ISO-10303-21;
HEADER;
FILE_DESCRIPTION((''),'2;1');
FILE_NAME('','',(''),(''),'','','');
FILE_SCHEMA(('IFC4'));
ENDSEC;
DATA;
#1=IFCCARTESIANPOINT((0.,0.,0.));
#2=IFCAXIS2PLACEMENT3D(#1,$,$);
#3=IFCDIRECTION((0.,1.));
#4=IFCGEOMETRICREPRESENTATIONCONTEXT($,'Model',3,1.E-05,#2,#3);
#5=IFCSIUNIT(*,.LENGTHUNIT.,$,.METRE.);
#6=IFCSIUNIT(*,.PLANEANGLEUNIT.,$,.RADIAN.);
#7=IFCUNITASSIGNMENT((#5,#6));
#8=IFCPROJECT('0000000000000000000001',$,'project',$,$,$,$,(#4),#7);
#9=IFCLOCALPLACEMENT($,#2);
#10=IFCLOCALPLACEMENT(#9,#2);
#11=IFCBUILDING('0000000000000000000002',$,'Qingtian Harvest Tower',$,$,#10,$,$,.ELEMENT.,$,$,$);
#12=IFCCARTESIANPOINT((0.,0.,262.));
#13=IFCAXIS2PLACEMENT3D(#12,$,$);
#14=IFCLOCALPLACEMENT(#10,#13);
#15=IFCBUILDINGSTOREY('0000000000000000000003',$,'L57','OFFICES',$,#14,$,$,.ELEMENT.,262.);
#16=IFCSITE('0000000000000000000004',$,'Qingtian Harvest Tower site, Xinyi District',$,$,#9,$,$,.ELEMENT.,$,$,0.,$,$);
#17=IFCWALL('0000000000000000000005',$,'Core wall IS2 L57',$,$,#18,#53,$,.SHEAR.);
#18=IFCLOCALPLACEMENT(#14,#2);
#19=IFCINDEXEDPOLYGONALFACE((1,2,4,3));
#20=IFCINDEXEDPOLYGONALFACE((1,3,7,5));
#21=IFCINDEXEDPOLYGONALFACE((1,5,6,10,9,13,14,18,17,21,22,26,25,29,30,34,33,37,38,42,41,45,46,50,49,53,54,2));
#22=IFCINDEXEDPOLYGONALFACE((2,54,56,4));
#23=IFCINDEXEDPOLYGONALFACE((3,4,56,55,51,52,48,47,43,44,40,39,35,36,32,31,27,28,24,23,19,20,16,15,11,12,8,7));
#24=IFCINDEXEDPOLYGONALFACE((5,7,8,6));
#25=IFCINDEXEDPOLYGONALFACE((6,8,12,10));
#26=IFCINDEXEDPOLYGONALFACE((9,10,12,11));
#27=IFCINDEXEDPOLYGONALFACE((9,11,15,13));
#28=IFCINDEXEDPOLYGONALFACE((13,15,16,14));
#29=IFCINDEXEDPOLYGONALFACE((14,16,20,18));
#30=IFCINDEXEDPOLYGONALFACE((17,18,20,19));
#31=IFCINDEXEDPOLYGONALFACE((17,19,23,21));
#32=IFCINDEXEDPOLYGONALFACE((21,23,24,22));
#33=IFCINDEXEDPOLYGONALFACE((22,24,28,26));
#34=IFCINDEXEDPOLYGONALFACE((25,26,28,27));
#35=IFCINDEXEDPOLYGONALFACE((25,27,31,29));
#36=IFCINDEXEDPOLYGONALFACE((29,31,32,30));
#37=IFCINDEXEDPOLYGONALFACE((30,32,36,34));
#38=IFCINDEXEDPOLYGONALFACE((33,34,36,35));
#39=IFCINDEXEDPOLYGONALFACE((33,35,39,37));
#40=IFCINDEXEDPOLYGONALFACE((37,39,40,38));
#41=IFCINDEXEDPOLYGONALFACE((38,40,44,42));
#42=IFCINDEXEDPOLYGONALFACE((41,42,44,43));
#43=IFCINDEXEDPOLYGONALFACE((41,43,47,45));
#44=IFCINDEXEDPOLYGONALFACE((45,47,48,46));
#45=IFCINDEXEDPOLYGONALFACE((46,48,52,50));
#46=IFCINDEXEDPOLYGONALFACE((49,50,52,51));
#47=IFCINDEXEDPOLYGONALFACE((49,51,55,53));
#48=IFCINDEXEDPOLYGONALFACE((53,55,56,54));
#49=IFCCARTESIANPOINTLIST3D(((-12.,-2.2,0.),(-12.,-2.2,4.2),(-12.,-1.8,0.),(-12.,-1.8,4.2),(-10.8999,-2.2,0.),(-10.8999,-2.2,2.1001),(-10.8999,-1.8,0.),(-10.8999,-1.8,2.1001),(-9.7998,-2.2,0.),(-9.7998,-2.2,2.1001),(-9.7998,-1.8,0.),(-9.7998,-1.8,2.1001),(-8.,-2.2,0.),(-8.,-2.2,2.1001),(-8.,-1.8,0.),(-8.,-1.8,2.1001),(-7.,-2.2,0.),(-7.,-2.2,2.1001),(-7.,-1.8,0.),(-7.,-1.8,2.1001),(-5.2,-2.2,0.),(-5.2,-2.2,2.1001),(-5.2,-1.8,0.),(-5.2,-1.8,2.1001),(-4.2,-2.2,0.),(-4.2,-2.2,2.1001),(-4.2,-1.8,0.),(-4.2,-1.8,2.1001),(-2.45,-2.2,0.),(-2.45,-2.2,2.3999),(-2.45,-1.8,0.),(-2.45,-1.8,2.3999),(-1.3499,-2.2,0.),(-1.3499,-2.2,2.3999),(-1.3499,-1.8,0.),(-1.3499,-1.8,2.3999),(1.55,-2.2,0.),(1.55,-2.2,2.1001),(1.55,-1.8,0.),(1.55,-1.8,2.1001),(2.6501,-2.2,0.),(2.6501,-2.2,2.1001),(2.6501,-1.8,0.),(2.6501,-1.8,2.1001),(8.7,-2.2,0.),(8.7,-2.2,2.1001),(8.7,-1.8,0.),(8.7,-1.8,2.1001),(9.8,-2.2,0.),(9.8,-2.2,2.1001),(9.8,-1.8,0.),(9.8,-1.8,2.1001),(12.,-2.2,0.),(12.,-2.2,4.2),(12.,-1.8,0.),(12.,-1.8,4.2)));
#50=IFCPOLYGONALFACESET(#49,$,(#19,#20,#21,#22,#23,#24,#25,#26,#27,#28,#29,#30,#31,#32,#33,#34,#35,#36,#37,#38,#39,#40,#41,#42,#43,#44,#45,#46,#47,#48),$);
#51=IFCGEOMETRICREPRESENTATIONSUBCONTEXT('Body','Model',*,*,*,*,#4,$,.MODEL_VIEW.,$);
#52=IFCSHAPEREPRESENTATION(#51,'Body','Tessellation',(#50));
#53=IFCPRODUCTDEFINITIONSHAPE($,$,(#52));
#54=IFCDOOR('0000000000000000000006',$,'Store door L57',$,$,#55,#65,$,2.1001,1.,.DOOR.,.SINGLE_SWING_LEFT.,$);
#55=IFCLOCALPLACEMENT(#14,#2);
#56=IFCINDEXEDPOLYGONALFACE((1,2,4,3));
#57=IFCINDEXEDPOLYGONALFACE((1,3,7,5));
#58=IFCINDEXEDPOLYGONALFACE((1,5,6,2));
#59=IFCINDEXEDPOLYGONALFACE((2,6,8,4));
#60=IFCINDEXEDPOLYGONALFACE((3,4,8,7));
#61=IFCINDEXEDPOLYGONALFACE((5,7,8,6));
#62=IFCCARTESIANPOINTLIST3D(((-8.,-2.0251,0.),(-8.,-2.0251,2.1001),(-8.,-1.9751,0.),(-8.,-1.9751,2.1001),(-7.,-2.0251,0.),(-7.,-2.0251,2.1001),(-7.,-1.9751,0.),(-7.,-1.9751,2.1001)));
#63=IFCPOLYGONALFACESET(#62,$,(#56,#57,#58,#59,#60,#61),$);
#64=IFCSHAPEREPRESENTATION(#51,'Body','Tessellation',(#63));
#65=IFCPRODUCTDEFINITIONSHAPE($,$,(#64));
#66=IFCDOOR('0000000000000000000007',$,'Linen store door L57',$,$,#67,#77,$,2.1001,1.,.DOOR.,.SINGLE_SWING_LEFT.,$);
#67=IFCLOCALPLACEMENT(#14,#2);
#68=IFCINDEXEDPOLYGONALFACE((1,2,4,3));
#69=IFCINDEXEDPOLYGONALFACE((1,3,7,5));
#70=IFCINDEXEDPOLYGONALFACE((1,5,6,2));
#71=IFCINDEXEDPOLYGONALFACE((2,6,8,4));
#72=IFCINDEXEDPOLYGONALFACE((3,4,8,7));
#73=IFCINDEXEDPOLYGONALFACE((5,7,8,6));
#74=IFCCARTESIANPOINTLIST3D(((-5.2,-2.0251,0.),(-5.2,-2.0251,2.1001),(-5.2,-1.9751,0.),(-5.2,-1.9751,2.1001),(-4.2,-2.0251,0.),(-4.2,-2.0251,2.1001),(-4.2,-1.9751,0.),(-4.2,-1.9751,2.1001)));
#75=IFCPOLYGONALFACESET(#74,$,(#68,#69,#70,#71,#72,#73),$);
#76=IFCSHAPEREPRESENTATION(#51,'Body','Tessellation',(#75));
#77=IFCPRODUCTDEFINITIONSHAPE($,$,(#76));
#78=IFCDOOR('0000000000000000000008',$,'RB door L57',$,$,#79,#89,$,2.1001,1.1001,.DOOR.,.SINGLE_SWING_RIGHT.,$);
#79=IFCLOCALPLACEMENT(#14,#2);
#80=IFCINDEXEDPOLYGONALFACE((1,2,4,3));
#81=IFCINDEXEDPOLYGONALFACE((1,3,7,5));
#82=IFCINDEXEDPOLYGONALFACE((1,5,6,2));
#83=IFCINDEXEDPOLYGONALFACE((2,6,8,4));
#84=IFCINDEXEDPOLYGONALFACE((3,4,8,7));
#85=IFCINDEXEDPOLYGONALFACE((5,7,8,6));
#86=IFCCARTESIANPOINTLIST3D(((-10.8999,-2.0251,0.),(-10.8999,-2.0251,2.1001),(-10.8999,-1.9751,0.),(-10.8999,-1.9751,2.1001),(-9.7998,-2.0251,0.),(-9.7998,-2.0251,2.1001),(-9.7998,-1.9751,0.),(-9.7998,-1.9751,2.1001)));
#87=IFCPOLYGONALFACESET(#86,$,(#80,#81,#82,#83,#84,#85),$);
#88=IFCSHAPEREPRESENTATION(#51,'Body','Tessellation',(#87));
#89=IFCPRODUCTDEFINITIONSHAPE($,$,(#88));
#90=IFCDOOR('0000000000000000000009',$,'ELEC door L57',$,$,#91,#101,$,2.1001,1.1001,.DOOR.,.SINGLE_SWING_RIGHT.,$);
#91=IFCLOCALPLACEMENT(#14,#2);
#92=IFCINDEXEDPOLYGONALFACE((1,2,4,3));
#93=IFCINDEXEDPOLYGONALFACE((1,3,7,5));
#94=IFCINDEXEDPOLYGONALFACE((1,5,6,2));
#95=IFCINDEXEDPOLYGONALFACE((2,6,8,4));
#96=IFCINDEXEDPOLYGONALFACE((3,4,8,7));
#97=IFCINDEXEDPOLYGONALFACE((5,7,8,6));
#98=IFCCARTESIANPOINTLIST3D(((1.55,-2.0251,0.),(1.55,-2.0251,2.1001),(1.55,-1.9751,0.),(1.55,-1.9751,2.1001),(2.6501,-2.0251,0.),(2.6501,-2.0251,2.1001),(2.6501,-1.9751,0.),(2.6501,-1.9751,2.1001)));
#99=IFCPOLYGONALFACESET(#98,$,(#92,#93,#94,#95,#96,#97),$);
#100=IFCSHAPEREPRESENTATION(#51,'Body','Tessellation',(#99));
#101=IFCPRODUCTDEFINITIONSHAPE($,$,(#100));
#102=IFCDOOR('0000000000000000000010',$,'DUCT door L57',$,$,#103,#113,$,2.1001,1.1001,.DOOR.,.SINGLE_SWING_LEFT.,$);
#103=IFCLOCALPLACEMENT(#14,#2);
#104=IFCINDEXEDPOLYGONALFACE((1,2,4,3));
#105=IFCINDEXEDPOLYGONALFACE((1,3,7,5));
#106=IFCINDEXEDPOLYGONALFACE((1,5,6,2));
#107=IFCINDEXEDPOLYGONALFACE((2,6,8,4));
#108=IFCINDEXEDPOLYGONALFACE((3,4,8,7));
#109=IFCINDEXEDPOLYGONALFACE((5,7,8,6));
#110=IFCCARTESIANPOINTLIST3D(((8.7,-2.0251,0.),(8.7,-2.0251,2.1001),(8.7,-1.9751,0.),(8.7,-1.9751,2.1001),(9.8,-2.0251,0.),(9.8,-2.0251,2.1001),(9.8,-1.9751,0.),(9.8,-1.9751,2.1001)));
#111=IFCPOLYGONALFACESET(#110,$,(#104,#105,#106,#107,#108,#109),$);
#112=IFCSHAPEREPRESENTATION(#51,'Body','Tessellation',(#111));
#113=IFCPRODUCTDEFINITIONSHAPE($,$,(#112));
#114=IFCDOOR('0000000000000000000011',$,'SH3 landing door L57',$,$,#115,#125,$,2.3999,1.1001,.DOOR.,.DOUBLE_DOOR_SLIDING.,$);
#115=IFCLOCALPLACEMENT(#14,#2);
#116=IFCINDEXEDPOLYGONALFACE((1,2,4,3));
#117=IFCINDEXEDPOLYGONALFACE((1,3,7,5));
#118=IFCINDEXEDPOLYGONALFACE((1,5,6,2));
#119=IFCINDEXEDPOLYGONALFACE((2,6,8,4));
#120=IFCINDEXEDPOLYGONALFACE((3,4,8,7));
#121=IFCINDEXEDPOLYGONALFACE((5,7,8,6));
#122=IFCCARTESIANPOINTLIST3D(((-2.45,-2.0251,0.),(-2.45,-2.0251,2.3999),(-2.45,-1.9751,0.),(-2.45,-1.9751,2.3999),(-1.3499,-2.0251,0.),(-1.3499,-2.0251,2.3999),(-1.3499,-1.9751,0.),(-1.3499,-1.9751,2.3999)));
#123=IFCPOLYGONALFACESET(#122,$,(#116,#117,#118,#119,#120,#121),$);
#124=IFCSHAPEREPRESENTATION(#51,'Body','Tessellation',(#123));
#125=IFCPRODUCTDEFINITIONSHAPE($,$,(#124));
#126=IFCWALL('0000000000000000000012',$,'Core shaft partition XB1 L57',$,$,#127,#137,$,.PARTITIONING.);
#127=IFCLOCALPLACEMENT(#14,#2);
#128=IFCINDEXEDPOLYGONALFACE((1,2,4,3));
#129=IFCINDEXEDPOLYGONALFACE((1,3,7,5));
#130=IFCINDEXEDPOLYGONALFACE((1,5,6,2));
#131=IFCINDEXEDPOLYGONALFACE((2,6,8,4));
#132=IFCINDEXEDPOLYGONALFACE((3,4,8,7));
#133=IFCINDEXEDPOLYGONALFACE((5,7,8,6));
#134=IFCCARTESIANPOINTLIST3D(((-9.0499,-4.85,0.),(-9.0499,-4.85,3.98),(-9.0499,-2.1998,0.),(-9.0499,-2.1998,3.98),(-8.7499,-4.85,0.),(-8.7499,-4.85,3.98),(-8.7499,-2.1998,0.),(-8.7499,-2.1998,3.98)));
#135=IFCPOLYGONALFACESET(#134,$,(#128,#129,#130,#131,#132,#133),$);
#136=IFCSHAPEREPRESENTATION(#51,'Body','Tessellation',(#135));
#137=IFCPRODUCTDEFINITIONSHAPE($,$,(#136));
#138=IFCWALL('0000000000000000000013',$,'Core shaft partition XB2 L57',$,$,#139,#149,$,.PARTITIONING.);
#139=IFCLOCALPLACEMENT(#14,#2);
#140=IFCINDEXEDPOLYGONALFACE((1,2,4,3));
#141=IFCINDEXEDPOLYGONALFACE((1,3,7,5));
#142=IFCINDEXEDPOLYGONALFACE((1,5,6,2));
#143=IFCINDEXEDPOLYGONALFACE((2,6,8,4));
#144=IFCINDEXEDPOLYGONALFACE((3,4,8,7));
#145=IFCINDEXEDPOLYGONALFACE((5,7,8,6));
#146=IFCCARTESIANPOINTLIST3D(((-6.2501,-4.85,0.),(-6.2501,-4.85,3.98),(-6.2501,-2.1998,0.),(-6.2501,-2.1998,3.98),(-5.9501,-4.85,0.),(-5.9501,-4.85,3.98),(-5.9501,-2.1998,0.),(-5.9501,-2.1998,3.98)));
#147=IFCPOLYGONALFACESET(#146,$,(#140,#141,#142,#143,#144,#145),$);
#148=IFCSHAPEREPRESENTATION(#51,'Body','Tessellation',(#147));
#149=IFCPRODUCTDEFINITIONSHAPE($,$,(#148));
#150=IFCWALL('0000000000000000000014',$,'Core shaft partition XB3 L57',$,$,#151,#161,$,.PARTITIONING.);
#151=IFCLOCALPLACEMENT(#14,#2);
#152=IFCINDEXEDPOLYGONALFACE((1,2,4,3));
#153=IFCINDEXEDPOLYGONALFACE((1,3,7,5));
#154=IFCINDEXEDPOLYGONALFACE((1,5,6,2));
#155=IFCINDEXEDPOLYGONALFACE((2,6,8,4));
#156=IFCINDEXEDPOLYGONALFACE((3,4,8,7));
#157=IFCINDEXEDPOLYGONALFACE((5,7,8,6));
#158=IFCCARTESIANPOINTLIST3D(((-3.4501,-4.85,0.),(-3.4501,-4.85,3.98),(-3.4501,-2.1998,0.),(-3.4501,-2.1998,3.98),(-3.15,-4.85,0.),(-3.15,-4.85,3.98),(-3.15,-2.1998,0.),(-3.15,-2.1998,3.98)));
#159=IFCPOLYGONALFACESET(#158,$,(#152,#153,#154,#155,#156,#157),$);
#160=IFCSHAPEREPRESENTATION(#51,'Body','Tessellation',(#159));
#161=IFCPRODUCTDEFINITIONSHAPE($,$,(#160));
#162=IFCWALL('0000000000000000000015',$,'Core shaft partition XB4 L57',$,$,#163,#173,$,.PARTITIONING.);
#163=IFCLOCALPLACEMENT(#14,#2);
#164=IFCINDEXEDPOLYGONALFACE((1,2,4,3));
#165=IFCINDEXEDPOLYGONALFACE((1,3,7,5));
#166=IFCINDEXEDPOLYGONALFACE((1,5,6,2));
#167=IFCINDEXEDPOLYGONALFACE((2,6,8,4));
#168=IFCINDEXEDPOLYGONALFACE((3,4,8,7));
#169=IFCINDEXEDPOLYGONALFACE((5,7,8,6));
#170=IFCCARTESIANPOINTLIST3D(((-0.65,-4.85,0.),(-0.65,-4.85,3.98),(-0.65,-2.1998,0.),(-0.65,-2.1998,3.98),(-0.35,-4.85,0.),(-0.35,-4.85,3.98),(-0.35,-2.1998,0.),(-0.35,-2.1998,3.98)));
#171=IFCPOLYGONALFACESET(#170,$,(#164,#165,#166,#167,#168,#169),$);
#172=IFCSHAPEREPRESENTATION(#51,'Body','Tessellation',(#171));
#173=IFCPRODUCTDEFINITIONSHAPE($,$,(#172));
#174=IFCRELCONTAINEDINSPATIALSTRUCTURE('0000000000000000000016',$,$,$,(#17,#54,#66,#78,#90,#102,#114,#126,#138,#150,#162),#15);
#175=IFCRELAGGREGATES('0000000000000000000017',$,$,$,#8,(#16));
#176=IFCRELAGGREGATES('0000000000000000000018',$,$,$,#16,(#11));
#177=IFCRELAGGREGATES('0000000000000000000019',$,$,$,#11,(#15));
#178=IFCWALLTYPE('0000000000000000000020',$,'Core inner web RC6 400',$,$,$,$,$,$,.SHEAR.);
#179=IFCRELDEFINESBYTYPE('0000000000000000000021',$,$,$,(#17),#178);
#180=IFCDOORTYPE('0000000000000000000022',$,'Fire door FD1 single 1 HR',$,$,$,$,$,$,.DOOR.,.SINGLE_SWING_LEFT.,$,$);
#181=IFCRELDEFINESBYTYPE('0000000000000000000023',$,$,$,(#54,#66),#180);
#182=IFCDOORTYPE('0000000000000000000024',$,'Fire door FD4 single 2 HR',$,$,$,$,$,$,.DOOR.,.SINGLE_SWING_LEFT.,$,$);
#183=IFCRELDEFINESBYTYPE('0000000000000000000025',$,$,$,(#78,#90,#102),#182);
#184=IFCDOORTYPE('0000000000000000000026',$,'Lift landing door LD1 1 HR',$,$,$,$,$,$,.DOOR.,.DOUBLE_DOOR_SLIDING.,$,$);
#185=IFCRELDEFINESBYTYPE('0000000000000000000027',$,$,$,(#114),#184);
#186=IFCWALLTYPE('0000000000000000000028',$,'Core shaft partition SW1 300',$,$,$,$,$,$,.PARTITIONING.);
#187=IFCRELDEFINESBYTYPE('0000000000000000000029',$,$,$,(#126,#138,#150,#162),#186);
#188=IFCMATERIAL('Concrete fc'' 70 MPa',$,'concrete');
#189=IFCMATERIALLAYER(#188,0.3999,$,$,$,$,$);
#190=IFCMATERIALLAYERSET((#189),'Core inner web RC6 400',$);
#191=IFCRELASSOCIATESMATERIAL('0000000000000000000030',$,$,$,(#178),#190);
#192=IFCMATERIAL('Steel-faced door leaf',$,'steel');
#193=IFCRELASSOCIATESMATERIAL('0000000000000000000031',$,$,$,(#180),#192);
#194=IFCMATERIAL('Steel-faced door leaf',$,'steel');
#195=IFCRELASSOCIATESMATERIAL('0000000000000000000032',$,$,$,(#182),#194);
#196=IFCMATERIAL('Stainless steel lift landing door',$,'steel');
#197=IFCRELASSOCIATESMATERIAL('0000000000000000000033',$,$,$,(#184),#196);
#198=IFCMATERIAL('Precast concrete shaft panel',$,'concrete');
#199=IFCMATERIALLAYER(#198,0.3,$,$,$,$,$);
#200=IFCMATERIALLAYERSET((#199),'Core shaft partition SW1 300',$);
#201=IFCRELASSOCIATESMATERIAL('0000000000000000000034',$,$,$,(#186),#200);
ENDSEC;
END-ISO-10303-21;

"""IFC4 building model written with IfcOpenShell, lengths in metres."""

from ifc_helpers import new_model, si_unit, direction, frame, frame_2d, origin, place, context, subcontext, project, spatial, rectangle, extrude, material, layer, layer_set, type_object, element, fill, save


model = new_model("IFC4")

# Units and contexts
model_context = context("Model", 3, precision=1e-05, world=origin(), true_north=direction((0.0, 1.0)))
body_context = subcontext(model_context, "Body", "Model", "MODEL_VIEW")
ifc_project = project(units=[si_unit("LENGTHUNIT", "METRE"), si_unit("PLANEANGLEUNIT", "RADIAN")], contexts=[model_context])

# Site, building, storey
site_placement = place(None, origin())
site = spatial("IfcSite", under=ifc_project, at=site_placement, Name="Qingtian Harvest Tower site, Xinyi District", CompositionType="ELEMENT", RefElevation=0.0)
building_placement = place(site_placement, origin())
building = spatial("IfcBuilding", under=site, at=building_placement, Name="Qingtian Harvest Tower", CompositionType="ELEMENT")
storey_placement = place(building_placement, frame((0.0, 0.0, 262.0)))
storey = spatial("IfcBuildingStorey", under=building, at=storey_placement, Name="L57", Description="OFFICES", CompositionType="ELEMENT", Elevation=262.0)

# Wall, openings, doors
ifc_material_1 = material(Name="Concrete fc' 70 MPa", Category="concrete")
ifc_layer_1 = layer(ifc_material_1, 0.3999)
ifc_layer_set_1 = layer_set([ifc_layer_1], Name="Core inner web RC6 400")
wall_type_1 = type_object("IfcWallType", Name="Core inner web RC6 400", PredefinedType="SHEAR", material=ifc_layer_set_1)
wall_1_placement = place(storey_placement, frame((-12.0, -2.0, 0.0), z_axis=(0.0, 0.0, 1.0), x_axis=(1.0, 0.0, 0.0)))
wall_1 = element("IfcWall", 1, at=wall_1_placement, inside=storey, type_object=wall_type_1, Name="Core wall IS2 L57", PredefinedType="SHEAR", context=body_context, shape_type="SweptSolid", body=[
    extrude(rectangle(XDim=24.0, YDim=0.3999, at=frame_2d((12.0, 0.0))), origin(), (0.0, 0.0, 1.0), 4.2),
])
opening_1_placement = place(wall_1_placement, frame((1.1001, 0.0, 0.0)))
opening_1 = element("IfcOpeningElement", 2, at=opening_1_placement, cuts=wall_1, PredefinedType="OPENING", context=body_context, shape_type="SweptSolid", body=[
    extrude(rectangle(XDim=1.1001, YDim=2.1001, at=frame_2d((0.55, 1.05))), frame((0.0, 0.21, 0.0), z_axis=(0.0, -1.0, 0.0), x_axis=(1.0, 0.0, 0.0)), (0.0, 0.0, 1.0), 0.4199),
])
opening_2_placement = place(wall_1_placement, frame((13.55, 0.0, 0.0)))
opening_2 = element("IfcOpeningElement", 3, at=opening_2_placement, cuts=wall_1, PredefinedType="OPENING", context=body_context, shape_type="SweptSolid", body=[
    extrude(rectangle(XDim=1.1001, YDim=2.1001, at=frame_2d((0.55, 1.05))), frame((0.0, 0.21, 0.0), z_axis=(0.0, -1.0, 0.0), x_axis=(1.0, 0.0, 0.0)), (0.0, 0.0, 1.0), 0.4199),
])
opening_3_placement = place(wall_1_placement, frame((20.7, 0.0, 0.0)))
opening_3 = element("IfcOpeningElement", 4, at=opening_3_placement, cuts=wall_1, PredefinedType="OPENING", context=body_context, shape_type="SweptSolid", body=[
    extrude(rectangle(XDim=1.1001, YDim=2.1001, at=frame_2d((0.55, 1.05))), frame((0.0, 0.21, 0.0), z_axis=(0.0, -1.0, 0.0), x_axis=(1.0, 0.0, 0.0)), (0.0, 0.0, 1.0), 0.4199),
])
opening_4_placement = place(wall_1_placement, frame((4.0, 0.0, 0.0)))
opening_4 = element("IfcOpeningElement", 5, at=opening_4_placement, cuts=wall_1, PredefinedType="OPENING", context=body_context, shape_type="SweptSolid", body=[
    extrude(rectangle(XDim=1.0, YDim=2.1001, at=frame_2d((0.5, 1.05))), frame((0.0, 0.21, 0.0), z_axis=(0.0, -1.0, 0.0), x_axis=(1.0, 0.0, 0.0)), (0.0, 0.0, 1.0), 0.4199),
])
opening_5_placement = place(wall_1_placement, frame((6.8, 0.0, 0.0)))
opening_5 = element("IfcOpeningElement", 6, at=opening_5_placement, cuts=wall_1, PredefinedType="OPENING", context=body_context, shape_type="SweptSolid", body=[
    extrude(rectangle(XDim=1.0, YDim=2.1001, at=frame_2d((0.5, 1.05))), frame((0.0, 0.21, 0.0), z_axis=(0.0, -1.0, 0.0), x_axis=(1.0, 0.0, 0.0)), (0.0, 0.0, 1.0), 0.4199),
])
opening_6_placement = place(wall_1_placement, frame((9.55, 0.0, 0.0)))
opening_6 = element("IfcOpeningElement", 7, at=opening_6_placement, cuts=wall_1, PredefinedType="OPENING", context=body_context, shape_type="SweptSolid", body=[
    extrude(rectangle(XDim=1.1001, YDim=2.3999, at=frame_2d((0.55, 1.2))), frame((0.0, 0.21, 0.0), z_axis=(0.0, -1.0, 0.0), x_axis=(1.0, 0.0, 0.0)), (0.0, 0.0, 1.0), 0.4199),
])
ifc_material_2 = material(Name="Steel-faced door leaf", Category="steel")
door_type_1 = type_object("IfcDoorType", Name="Fire door FD1 single 1 HR", OperationType="SINGLE_SWING_LEFT", PredefinedType="DOOR", material=ifc_material_2)
door_1_placement = place(opening_4_placement, origin())
door_1 = element("IfcDoor", 8, at=door_1_placement, inside=storey, type_object=door_type_1, Name="Store door L57", OperationType="SINGLE_SWING_LEFT", OverallHeight=2.1001, OverallWidth=1.0, PredefinedType="DOOR", context=body_context, shape_type="SweptSolid", body=[
    extrude(rectangle(XDim=1.0, YDim=2.1001, at=frame_2d((0.5, 1.05))), frame((0.0, 0.0249, 0.0), z_axis=(0.0, -1.0, 0.0), x_axis=(1.0, 0.0, 0.0)), (0.0, 0.0, 1.0), 0.05),
])
fill(opening_4, door_1)
door_2_placement = place(opening_5_placement, origin())
door_2 = element("IfcDoor", 9, at=door_2_placement, inside=storey, type_object=door_type_1, Name="Linen store door L57", OperationType="SINGLE_SWING_LEFT", OverallHeight=2.1001, OverallWidth=1.0, PredefinedType="DOOR", context=body_context, shape_type="SweptSolid", body=[
    extrude(rectangle(XDim=1.0, YDim=2.1001, at=frame_2d((0.5, 1.05))), frame((0.0, 0.0249, 0.0), z_axis=(0.0, -1.0, 0.0), x_axis=(1.0, 0.0, 0.0)), (0.0, 0.0, 1.0), 0.05),
])
fill(opening_5, door_2)
ifc_material_3 = material(Name="Steel-faced door leaf", Category="steel")
door_type_2 = type_object("IfcDoorType", Name="Fire door FD4 single 2 HR", OperationType="SINGLE_SWING_LEFT", PredefinedType="DOOR", material=ifc_material_3)
door_3_placement = place(opening_1_placement, origin())
door_3 = element("IfcDoor", 10, at=door_3_placement, inside=storey, type_object=door_type_2, Name="RB door L57", OperationType="SINGLE_SWING_RIGHT", OverallHeight=2.1001, OverallWidth=1.1001, PredefinedType="DOOR", context=body_context, shape_type="SweptSolid", body=[
    extrude(rectangle(XDim=1.1001, YDim=2.1001, at=frame_2d((0.55, 1.05))), frame((0.0, 0.0249, 0.0), z_axis=(0.0, -1.0, 0.0), x_axis=(1.0, 0.0, 0.0)), (0.0, 0.0, 1.0), 0.05),
])
fill(opening_1, door_3)
door_4_placement = place(opening_2_placement, origin())
door_4 = element("IfcDoor", 11, at=door_4_placement, inside=storey, type_object=door_type_2, Name="ELEC door L57", OperationType="SINGLE_SWING_RIGHT", OverallHeight=2.1001, OverallWidth=1.1001, PredefinedType="DOOR", context=body_context, shape_type="SweptSolid", body=[
    extrude(rectangle(XDim=1.1001, YDim=2.1001, at=frame_2d((0.55, 1.05))), frame((0.0, 0.0249, 0.0), z_axis=(0.0, -1.0, 0.0), x_axis=(1.0, 0.0, 0.0)), (0.0, 0.0, 1.0), 0.05),
])
fill(opening_2, door_4)
door_5_placement = place(opening_3_placement, origin())
door_5 = element("IfcDoor", 12, at=door_5_placement, inside=storey, type_object=door_type_2, Name="DUCT door L57", OperationType="SINGLE_SWING_LEFT", OverallHeight=2.1001, OverallWidth=1.1001, PredefinedType="DOOR", context=body_context, shape_type="SweptSolid", body=[
    extrude(rectangle(XDim=1.1001, YDim=2.1001, at=frame_2d((0.55, 1.05))), frame((0.0, 0.0249, 0.0), z_axis=(0.0, -1.0, 0.0), x_axis=(1.0, 0.0, 0.0)), (0.0, 0.0, 1.0), 0.05),
])
fill(opening_3, door_5)
ifc_material_4 = material(Name="Stainless steel lift landing door", Category="steel")
door_type_3 = type_object("IfcDoorType", Name="Lift landing door LD1 1 HR", OperationType="DOUBLE_DOOR_SLIDING", PredefinedType="DOOR", material=ifc_material_4)
door_6_placement = place(opening_6_placement, origin())
door_6 = element("IfcDoor", 13, at=door_6_placement, inside=storey, type_object=door_type_3, Name="SH3 landing door L57", OperationType="DOUBLE_DOOR_SLIDING", OverallHeight=2.3999, OverallWidth=1.1001, PredefinedType="DOOR", context=body_context, shape_type="SweptSolid", body=[
    extrude(rectangle(XDim=1.1001, YDim=2.3999, at=frame_2d((0.55, 1.2))), frame((0.0, 0.0249, 0.0), z_axis=(0.0, -1.0, 0.0), x_axis=(1.0, 0.0, 0.0)), (0.0, 0.0, 1.0), 0.05),
])
fill(opening_6, door_6)

# Walls
ifc_material_5 = material(Name="Precast concrete shaft panel", Category="concrete")
ifc_layer_2 = layer(ifc_material_5, 0.3)
ifc_layer_set_2 = layer_set([ifc_layer_2], Name="Core shaft partition SW1 300")
wall_type_2 = type_object("IfcWallType", Name="Core shaft partition SW1 300", PredefinedType="PARTITIONING", material=ifc_layer_set_2)
for number, where, z_axis, x_axis, name in (
    (14, (-8.8999, -4.8501, 0.0), (0.0, 0.0, 1.0), (0.0, 1.0, 0.0), "Core shaft partition XB1 L57"),
    (15, (-6.1001, -4.8501, 0.0), (0.0, 0.0, 1.0), (0.0, 1.0, 0.0), "Core shaft partition XB2 L57"),
    (16, (-3.3, -4.8501, 0.0), (0.0, 0.0, 1.0), (0.0, 1.0, 0.0), "Core shaft partition XB3 L57"),
    (17, (-0.5, -4.8501, 0.0), (0.0, 0.0, 1.0), (0.0, 1.0, 0.0), "Core shaft partition XB4 L57"),
):
    element("IfcWall", number, at=place(storey_placement, frame(where, z_axis=z_axis, x_axis=x_axis)), inside=storey, type_object=wall_type_2, Name=name, PredefinedType="PARTITIONING", context=body_context, shape_type="SweptSolid", body=[
        extrude(rectangle(XDim=2.6501, YDim=0.3, at=frame_2d((1.3252, 0.0))), origin(), (0.0, 0.0, 1.0), 3.98),
    ])

save(model, "model.ifc")
